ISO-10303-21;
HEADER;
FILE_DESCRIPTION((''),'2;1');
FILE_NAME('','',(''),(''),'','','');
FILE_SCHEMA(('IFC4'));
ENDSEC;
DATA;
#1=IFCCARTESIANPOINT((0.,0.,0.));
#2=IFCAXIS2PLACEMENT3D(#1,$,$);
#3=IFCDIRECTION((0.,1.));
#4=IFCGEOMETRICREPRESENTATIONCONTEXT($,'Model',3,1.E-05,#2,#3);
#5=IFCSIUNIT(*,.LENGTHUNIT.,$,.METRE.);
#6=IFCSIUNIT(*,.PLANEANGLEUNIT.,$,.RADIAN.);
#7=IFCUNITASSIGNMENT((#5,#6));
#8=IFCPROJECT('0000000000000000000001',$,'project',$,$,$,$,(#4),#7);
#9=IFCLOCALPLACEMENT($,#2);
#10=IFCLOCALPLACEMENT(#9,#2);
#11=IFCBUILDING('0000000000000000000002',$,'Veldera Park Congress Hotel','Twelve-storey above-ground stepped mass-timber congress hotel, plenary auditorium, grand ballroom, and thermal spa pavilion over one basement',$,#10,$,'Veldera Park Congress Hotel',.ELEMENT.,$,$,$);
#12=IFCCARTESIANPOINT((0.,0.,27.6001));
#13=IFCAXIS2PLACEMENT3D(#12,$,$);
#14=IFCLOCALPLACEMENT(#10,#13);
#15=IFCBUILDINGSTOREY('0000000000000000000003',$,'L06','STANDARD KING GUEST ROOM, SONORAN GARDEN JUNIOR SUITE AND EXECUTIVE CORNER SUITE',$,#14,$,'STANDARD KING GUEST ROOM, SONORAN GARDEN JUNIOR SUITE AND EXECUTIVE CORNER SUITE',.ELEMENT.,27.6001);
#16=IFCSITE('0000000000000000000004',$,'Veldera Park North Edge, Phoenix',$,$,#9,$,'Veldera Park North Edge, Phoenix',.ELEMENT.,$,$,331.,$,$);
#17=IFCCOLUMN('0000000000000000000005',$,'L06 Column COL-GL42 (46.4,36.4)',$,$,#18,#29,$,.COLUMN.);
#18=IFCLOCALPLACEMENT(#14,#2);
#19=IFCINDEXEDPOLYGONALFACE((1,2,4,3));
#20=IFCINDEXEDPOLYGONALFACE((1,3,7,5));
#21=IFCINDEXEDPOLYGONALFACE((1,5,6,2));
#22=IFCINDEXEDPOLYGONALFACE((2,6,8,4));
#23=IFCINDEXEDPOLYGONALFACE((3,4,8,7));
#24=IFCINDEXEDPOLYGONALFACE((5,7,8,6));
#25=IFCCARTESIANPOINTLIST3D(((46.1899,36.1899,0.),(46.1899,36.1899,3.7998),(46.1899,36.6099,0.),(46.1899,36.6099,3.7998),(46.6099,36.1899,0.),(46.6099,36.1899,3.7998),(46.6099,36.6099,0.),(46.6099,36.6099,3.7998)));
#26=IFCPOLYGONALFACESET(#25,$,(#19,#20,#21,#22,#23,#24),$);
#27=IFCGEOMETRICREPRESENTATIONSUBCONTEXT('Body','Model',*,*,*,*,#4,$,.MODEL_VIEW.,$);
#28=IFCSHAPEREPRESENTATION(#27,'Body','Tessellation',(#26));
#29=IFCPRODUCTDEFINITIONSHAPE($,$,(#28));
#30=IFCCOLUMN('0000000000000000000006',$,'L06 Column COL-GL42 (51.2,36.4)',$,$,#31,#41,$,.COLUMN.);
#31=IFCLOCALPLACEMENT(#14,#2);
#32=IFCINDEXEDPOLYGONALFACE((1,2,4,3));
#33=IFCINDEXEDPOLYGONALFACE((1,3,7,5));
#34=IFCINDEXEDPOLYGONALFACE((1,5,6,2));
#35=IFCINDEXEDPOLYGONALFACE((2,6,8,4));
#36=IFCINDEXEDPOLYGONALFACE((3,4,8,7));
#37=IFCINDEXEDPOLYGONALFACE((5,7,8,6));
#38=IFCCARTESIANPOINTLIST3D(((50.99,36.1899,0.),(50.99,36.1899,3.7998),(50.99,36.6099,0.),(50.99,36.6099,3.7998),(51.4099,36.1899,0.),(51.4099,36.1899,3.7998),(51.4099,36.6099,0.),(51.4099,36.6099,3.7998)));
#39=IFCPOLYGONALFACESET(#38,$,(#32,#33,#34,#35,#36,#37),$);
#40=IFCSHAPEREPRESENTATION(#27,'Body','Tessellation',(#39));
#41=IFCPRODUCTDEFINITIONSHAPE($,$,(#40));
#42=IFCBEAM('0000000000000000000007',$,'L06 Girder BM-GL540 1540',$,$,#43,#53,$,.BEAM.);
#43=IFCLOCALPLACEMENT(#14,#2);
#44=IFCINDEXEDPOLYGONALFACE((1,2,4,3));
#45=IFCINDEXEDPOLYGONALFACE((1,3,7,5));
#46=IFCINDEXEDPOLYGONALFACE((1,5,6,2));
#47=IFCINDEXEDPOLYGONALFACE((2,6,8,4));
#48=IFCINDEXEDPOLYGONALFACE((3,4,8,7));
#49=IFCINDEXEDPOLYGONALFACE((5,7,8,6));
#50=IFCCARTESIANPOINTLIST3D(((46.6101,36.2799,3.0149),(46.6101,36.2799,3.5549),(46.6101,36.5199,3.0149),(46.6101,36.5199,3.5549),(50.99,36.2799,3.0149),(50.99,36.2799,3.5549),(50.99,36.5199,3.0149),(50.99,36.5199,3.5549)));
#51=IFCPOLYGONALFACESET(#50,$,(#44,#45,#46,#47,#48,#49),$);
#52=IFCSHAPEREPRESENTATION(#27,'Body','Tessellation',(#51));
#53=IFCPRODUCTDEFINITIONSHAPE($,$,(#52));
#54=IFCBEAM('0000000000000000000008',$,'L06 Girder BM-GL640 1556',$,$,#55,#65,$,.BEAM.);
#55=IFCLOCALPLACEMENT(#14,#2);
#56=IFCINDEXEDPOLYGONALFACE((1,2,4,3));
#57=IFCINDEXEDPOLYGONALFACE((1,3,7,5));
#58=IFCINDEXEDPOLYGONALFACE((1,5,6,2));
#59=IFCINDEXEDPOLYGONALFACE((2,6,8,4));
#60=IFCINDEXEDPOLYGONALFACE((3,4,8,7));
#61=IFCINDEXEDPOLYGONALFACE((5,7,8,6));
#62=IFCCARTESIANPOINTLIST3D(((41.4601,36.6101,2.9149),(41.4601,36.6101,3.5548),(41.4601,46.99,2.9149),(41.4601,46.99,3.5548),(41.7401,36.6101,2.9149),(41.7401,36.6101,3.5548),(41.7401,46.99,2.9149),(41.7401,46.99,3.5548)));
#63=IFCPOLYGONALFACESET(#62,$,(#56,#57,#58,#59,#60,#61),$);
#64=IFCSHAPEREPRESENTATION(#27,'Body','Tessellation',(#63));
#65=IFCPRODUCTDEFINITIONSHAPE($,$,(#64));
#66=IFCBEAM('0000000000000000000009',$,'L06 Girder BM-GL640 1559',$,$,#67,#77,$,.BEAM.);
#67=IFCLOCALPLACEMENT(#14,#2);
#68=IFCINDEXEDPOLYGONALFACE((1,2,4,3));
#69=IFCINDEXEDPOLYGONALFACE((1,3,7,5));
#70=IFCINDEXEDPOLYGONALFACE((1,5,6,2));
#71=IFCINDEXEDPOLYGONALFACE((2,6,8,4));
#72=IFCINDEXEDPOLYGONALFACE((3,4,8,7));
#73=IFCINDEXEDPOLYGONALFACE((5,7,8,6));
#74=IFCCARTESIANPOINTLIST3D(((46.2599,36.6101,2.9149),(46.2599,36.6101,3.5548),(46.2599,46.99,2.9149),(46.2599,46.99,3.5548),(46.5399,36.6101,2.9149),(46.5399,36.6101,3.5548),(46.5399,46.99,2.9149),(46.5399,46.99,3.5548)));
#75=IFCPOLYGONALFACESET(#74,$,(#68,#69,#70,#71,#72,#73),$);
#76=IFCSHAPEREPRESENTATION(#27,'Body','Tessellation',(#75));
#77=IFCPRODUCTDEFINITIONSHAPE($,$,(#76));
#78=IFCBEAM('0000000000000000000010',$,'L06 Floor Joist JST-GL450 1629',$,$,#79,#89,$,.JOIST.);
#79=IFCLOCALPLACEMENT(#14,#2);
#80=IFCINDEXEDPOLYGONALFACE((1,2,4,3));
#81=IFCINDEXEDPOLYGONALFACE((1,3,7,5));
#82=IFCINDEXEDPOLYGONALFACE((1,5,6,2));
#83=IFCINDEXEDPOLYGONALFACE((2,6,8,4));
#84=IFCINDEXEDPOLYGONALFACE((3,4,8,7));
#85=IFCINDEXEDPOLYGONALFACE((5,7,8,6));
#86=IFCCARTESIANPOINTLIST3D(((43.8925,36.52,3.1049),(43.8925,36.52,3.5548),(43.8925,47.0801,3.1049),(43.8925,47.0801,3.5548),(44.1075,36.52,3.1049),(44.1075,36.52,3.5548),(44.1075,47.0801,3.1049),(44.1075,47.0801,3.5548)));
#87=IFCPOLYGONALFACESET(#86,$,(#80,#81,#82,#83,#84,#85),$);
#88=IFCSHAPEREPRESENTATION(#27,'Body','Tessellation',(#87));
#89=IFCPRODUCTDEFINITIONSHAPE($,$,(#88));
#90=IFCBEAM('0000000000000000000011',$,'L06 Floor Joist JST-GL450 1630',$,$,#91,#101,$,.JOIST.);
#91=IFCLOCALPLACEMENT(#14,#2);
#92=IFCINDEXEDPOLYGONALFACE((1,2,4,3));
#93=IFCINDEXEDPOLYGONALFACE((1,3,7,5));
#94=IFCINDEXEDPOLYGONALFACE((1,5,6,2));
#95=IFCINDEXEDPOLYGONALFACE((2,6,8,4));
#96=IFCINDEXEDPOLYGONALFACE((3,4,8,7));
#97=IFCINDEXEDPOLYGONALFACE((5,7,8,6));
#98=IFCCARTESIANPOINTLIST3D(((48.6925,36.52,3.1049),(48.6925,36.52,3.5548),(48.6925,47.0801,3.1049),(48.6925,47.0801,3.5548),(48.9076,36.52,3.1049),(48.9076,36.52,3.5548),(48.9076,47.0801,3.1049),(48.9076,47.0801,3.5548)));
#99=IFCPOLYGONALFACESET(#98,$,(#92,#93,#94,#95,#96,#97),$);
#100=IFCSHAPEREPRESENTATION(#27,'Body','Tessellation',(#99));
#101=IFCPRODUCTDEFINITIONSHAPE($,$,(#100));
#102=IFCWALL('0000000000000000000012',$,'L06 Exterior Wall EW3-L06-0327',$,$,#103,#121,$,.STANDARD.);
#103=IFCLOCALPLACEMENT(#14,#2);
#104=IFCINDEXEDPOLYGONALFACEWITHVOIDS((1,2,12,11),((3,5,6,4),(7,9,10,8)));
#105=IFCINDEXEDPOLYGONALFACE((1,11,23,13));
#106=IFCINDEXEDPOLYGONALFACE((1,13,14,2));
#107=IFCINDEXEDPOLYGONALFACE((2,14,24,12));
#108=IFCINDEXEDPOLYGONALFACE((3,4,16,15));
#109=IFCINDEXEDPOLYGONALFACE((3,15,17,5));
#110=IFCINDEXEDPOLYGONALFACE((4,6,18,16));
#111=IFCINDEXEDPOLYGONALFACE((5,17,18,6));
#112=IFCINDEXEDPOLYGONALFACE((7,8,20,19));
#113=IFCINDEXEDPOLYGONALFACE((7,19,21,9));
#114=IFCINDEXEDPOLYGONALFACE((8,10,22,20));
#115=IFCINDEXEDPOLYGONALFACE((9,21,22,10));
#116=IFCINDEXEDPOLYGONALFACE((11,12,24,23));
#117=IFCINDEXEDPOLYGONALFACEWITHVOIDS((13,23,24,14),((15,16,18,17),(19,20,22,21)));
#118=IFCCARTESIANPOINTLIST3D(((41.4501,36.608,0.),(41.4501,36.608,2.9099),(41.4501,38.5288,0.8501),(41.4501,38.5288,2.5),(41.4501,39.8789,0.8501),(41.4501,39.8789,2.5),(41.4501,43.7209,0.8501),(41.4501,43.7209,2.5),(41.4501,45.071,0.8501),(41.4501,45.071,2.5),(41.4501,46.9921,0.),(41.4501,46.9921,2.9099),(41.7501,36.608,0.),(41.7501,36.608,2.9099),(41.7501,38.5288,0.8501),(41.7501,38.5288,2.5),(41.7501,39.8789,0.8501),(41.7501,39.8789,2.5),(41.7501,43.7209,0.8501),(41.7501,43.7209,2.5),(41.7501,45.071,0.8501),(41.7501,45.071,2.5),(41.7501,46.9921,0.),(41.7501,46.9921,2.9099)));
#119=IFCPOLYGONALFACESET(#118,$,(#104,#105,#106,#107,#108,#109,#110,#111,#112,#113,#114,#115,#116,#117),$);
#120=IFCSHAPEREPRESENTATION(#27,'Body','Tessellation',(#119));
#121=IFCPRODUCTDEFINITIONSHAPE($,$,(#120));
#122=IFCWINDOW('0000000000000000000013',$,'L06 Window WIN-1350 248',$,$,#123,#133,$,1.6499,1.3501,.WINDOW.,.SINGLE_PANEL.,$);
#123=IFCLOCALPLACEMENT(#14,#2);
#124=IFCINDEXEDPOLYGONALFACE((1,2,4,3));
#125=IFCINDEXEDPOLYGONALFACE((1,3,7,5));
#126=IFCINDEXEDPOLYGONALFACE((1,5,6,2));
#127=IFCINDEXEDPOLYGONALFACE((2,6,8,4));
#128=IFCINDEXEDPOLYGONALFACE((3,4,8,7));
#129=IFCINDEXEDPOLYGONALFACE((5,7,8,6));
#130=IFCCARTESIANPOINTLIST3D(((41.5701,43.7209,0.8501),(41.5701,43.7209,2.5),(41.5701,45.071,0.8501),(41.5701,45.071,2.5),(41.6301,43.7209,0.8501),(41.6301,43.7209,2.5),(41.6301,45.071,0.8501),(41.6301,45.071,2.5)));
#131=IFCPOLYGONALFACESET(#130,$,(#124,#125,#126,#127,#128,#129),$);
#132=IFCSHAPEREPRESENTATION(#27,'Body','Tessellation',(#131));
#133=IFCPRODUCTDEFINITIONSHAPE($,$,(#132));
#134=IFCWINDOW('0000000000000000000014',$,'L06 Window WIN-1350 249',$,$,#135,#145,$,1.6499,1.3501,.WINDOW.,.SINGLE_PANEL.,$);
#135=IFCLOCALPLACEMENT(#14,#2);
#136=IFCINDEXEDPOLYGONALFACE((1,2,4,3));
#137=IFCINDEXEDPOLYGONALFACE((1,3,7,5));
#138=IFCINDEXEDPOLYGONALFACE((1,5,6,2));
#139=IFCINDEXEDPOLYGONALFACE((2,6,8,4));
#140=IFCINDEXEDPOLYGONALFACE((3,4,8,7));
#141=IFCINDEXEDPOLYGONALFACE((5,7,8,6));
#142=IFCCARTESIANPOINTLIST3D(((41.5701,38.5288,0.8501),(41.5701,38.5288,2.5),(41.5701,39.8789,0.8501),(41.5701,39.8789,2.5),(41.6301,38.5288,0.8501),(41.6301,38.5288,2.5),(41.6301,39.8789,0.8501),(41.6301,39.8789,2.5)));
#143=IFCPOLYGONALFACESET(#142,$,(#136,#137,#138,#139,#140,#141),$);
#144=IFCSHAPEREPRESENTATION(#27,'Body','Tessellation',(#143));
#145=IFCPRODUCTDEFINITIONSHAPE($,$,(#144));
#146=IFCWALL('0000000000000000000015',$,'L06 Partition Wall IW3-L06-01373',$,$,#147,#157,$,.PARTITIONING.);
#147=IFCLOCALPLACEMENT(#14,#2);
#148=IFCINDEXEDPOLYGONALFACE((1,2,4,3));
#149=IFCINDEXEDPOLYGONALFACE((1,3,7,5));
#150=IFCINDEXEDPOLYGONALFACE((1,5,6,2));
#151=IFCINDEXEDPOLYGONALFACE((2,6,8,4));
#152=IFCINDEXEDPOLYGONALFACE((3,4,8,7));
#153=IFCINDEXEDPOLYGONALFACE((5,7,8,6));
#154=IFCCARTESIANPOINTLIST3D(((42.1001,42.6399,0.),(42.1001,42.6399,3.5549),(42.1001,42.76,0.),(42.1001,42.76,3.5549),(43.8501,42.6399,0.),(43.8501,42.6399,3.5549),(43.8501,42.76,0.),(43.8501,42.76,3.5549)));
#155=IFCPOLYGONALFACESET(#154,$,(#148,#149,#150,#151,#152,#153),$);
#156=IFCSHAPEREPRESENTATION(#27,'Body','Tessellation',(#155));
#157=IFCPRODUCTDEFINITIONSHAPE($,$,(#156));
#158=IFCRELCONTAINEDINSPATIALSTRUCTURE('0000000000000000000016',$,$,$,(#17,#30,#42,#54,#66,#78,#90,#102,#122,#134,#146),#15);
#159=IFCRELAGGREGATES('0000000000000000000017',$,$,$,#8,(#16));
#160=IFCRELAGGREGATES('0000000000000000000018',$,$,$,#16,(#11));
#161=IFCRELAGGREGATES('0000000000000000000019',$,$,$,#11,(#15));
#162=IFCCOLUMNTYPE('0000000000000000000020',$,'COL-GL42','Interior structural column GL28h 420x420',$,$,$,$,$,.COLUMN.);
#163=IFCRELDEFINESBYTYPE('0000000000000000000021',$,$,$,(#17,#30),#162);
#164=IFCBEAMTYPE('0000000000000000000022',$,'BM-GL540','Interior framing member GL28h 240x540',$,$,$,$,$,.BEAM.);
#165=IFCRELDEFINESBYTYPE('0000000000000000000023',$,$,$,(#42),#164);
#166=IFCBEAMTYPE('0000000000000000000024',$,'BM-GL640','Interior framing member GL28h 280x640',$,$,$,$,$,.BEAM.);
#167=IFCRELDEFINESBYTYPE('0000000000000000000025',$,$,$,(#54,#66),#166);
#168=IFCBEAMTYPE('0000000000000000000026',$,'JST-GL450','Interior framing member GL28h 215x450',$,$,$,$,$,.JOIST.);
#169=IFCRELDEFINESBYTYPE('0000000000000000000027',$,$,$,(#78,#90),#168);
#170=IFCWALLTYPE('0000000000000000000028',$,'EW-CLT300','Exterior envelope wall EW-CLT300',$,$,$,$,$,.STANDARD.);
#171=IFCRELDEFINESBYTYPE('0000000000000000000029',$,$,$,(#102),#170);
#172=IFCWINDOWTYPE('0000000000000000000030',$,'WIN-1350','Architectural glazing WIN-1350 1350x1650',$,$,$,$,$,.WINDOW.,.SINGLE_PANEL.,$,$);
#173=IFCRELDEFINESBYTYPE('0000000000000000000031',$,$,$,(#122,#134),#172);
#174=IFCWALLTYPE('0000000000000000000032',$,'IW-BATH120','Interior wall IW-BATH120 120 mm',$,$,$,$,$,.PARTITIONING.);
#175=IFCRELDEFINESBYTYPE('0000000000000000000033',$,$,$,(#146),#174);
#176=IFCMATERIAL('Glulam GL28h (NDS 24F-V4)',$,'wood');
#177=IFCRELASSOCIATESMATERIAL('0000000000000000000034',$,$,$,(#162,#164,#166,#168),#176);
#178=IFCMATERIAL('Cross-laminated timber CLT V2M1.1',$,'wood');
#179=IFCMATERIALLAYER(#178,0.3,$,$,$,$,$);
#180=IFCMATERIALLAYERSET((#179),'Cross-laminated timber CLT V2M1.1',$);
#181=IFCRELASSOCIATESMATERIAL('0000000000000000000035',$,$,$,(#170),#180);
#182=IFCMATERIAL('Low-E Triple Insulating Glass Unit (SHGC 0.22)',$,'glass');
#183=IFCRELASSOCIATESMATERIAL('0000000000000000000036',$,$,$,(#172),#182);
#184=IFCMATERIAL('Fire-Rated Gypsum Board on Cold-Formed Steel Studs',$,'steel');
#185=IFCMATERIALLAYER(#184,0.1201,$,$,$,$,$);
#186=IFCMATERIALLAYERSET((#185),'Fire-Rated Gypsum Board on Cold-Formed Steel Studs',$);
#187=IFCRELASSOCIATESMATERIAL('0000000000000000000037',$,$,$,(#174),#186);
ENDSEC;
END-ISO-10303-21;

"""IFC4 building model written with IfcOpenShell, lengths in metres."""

from ifc_helpers import new_model, si_unit, direction, frame, frame_2d, origin, origin_2d, place, context, subcontext, project, spatial, rectangle, extrude, material, layer, layer_set, material_profile, profile_set, type_object, element, fill, save


model = new_model("IFC4")

# Units and contexts
model_context = context("Model", 3, precision=1e-05, world=origin(), true_north=direction((0.0, 1.0)))
body_context = subcontext(model_context, "Body", "Model", "MODEL_VIEW")
ifc_project = project(units=[si_unit("LENGTHUNIT", "METRE"), si_unit("PLANEANGLEUNIT", "RADIAN")], contexts=[model_context])

# Site, building, storey
site_placement = place(None, origin())
site = spatial("IfcSite", under=ifc_project, at=site_placement, Name="Veldera Park North Edge, Phoenix", LongName="Veldera Park North Edge, Phoenix", CompositionType="ELEMENT", RefElevation=331.0)
building_placement = place(site_placement, origin())
building = spatial("IfcBuilding", under=site, at=building_placement, Name="Veldera Park Congress Hotel", Description="Twelve-storey above-ground stepped mass-timber congress hotel, plenary auditorium, grand ballroom, and thermal spa pavilion over one basement", LongName="Veldera Park Congress Hotel", CompositionType="ELEMENT")
storey_placement = place(building_placement, frame((0.0, 0.0, 27.6001)))
storey = spatial("IfcBuildingStorey", under=building, at=storey_placement, Name="L06", Description="STANDARD KING GUEST ROOM, SONORAN GARDEN JUNIOR SUITE AND EXECUTIVE CORNER SUITE", LongName="STANDARD KING GUEST ROOM, SONORAN GARDEN JUNIOR SUITE AND EXECUTIVE CORNER SUITE", CompositionType="ELEMENT", Elevation=27.6001)

# Columns
ifc_material_1 = material(Name="Glulam GL28h (NDS 24F-V4)", Category="wood")
ifc_material_profile_1 = material_profile(ifc_material_1, rectangle(XDim=0.4199, YDim=0.4199, at=origin_2d()), Name="GL28h 420x420")
ifc_profile_set_1 = profile_set([ifc_material_profile_1], Name="Glulam GL28h (NDS 24F-V4)")
column_type = type_object("IfcColumnType", Name="COL-GL42", Description="Interior structural column GL28h 420x420", PredefinedType="COLUMN", material=ifc_profile_set_1)
for number, where, z_axis, x_axis, name in (
    (1, (46.3999, 36.3999, 0.0), (0.0, 0.0, 1.0), (1.0, 0.0, 0.0), "L06 Column COL-GL42 (46.4,36.4)"),
    (2, (51.2, 36.3999, 0.0), (0.0, 0.0, 1.0), (1.0, 0.0, 0.0), "L06 Column COL-GL42 (51.2,36.4)"),
):
    element("IfcColumn", number, at=place(storey_placement, frame(where, z_axis=z_axis, x_axis=x_axis)), inside=storey, type_object=column_type, Name=name, PredefinedType="COLUMN", context=body_context, shape_type="SweptSolid", body=[
        extrude(rectangle(XDim=0.4199, YDim=0.4199, at=origin_2d()), origin(), (0.0, 0.0, 1.0), 3.7998),
    ])

# Beams
ifc_material_profile_2 = material_profile(ifc_material_1, rectangle(XDim=0.24, YDim=0.54, at=origin_2d()), Name="GL28h 240x540")
ifc_profile_set_2 = profile_set([ifc_material_profile_2], Name="Glulam GL28h (NDS 24F-V4)")
beam_type_1 = type_object("IfcBeamType", Name="BM-GL540", Description="Interior framing member GL28h 240x540", PredefinedType="BEAM", material=ifc_profile_set_2)
beam_placement = place(storey_placement, frame((46.6101, 36.3999, 3.2849), z_axis=(1.0, 0.0, 0.0), x_axis=(0.0, 1.0, 0.0)))
element("IfcBeam", 3, at=beam_placement, inside=storey, type_object=beam_type_1, Name="L06 Girder BM-GL540 1540", PredefinedType="BEAM", context=body_context, shape_type="SweptSolid", body=[
    extrude(rectangle(XDim=0.24, YDim=0.54, at=origin_2d()), origin(), (0.0, 0.0, 1.0), 4.3799),
])
ifc_material_profile_3 = material_profile(ifc_material_1, rectangle(XDim=0.28, YDim=0.6399, at=origin_2d()), Name="GL28h 280x640")
ifc_profile_set_3 = profile_set([ifc_material_profile_3], Name="Glulam GL28h (NDS 24F-V4)")
beam_type_2 = type_object("IfcBeamType", Name="BM-GL640", Description="Interior framing member GL28h 280x640", PredefinedType="BEAM", material=ifc_profile_set_3)
for number, where, z_axis, x_axis, name in (
    (4, (41.6001, 36.6101, 3.2349), (0.0, 1.0, 0.0), (-1.0, 0.0, 0.0), "L06 Girder BM-GL640 1556"),
    (5, (46.3999, 36.6101, 3.2349), (0.0, 1.0, 0.0), (-1.0, 0.0, 0.0), "L06 Girder BM-GL640 1559"),
):
    element("IfcBeam", number, at=place(storey_placement, frame(where, z_axis=z_axis, x_axis=x_axis)), inside=storey, type_object=beam_type_2, Name=name, PredefinedType="BEAM", context=body_context, shape_type="SweptSolid", body=[
        extrude(rectangle(XDim=0.28, YDim=0.6399, at=origin_2d()), origin(), (0.0, 0.0, 1.0), 10.3799),
    ])
ifc_material_profile_4 = material_profile(ifc_material_1, rectangle(XDim=0.2151, YDim=0.45, at=origin_2d()), Name="GL28h 215x450")
ifc_profile_set_4 = profile_set([ifc_material_profile_4], Name="Glulam GL28h (NDS 24F-V4)")
beam_type_3 = type_object("IfcBeamType", Name="JST-GL450", Description="Interior framing member GL28h 215x450", PredefinedType="JOIST", material=ifc_profile_set_4)
for number, where, z_axis, x_axis, name in (
    (6, (44.0, 36.52, 3.3298), (0.0, 1.0, 0.0), (-1.0, 0.0, 0.0), "L06 Floor Joist JST-GL450 1629"),
    (7, (48.8, 36.52, 3.3298), (0.0, 1.0, 0.0), (-1.0, 0.0, 0.0), "L06 Floor Joist JST-GL450 1630"),
):
    element("IfcBeam", number, at=place(storey_placement, frame(where, z_axis=z_axis, x_axis=x_axis)), inside=storey, type_object=beam_type_3, Name=name, PredefinedType="JOIST", context=body_context, shape_type="SweptSolid", body=[
        extrude(rectangle(XDim=0.2151, YDim=0.45, at=origin_2d()), origin(), (0.0, 0.0, 1.0), 10.5601),
    ])

# Wall, openings, windows
ifc_material_2 = material(Name="Cross-laminated timber CLT V2M1.1", Category="wood")
ifc_layer_1 = layer(ifc_material_2, 0.3)
ifc_layer_set_1 = layer_set([ifc_layer_1], Name="Cross-laminated timber CLT V2M1.1")
wall_type_1 = type_object("IfcWallType", Name="EW-CLT300", Description="Exterior envelope wall EW-CLT300", PredefinedType="STANDARD", material=ifc_layer_set_1)
wall_1_placement = place(storey_placement, frame((41.6001, 46.9919, 0.0), z_axis=(0.0, 0.0, 1.0), x_axis=(0.0, -1.0, 0.0)))
wall_1 = element("IfcWall", 8, at=wall_1_placement, inside=storey, type_object=wall_type_1, Name="L06 Exterior Wall EW3-L06-0327", PredefinedType="STANDARD", context=body_context, shape_type="SweptSolid", body=[
    extrude(rectangle(XDim=10.384, YDim=0.3, at=frame_2d((5.1919, 0.0))), origin(), (0.0, 0.0, 1.0), 2.9099),
])
opening_1_placement = place(wall_1_placement, frame((1.9209, 0.0, 0.8501)))
opening_1 = element("IfcOpeningElement", 9, at=opening_1_placement, cuts=wall_1, PredefinedType="OPENING", context=body_context, shape_type="SweptSolid", body=[
    extrude(rectangle(XDim=1.3501, YDim=1.6499, at=frame_2d((0.675, 0.825))), frame((0.0, 0.1621, 0.0), z_axis=(0.0, -1.0, 0.0), x_axis=(1.0, 0.0, 0.0)), (0.0, 0.0, 1.0), 0.324),
])
opening_2_placement = place(wall_1_placement, frame((7.113, 0.0, 0.8501)))
opening_2 = element("IfcOpeningElement", 10, at=opening_2_placement, cuts=wall_1, PredefinedType="OPENING", context=body_context, shape_type="SweptSolid", body=[
    extrude(rectangle(XDim=1.3501, YDim=1.6499, at=frame_2d((0.675, 0.825))), frame((0.0, 0.1621, 0.0), z_axis=(0.0, -1.0, 0.0), x_axis=(1.0, 0.0, 0.0)), (0.0, 0.0, 1.0), 0.324),
])
ifc_material_3 = material(Name="Low-E Triple Insulating Glass Unit (SHGC 0.22)", Category="glass")
window_type = type_object("IfcWindowType", Name="WIN-1350", Description="Architectural glazing WIN-1350 1350x1650", PartitioningType="SINGLE_PANEL", PredefinedType="WINDOW", material=ifc_material_3)
window_1_placement = place(opening_1_placement, origin())
window_1 = element("IfcWindow", 11, at=window_1_placement, inside=storey, type_object=window_type, Name="L06 Window WIN-1350 248", OverallHeight=1.6499, OverallWidth=1.3501, PartitioningType="SINGLE_PANEL", PredefinedType="WINDOW", context=body_context, shape_type="SweptSolid", body=[
    extrude(rectangle(XDim=1.3501, YDim=1.6499, at=frame_2d((0.675, 0.825))), frame((0.0, 0.03, 0.0), z_axis=(0.0, -1.0, 0.0), x_axis=(1.0, 0.0, 0.0)), (0.0, 0.0, 1.0), 0.0601),
])
fill(opening_1, window_1)
window_2_placement = place(opening_2_placement, origin())
window_2 = element("IfcWindow", 12, at=window_2_placement, inside=storey, type_object=window_type, Name="L06 Window WIN-1350 249", OverallHeight=1.6499, OverallWidth=1.3501, PartitioningType="SINGLE_PANEL", PredefinedType="WINDOW", context=body_context, shape_type="SweptSolid", body=[
    extrude(rectangle(XDim=1.3501, YDim=1.6499, at=frame_2d((0.675, 0.825))), frame((0.0, 0.03, 0.0), z_axis=(0.0, -1.0, 0.0), x_axis=(1.0, 0.0, 0.0)), (0.0, 0.0, 1.0), 0.0601),
])
fill(opening_2, window_2)

# Shared definitions
ifc_material_4 = material(Name="Fire-Rated Gypsum Board on Cold-Formed Steel Studs", Category="steel")
ifc_layer_2 = layer(ifc_material_4, 0.1201)
ifc_layer_set_2 = layer_set([ifc_layer_2], Name="Fire-Rated Gypsum Board on Cold-Formed Steel Studs")
wall_type_2 = type_object("IfcWallType", Name="IW-BATH120", Description="Interior wall IW-BATH120 120 mm", PredefinedType="PARTITIONING", material=ifc_layer_set_2)

# Wall
wall_2_placement = place(storey_placement, frame((42.1001, 42.7, 0.0), z_axis=(0.0, 0.0, 1.0), x_axis=(1.0, 0.0, 0.0)))
element("IfcWall", 13, at=wall_2_placement, inside=storey, type_object=wall_type_2, Name="L06 Partition Wall IW3-L06-01373", PredefinedType="PARTITIONING", context=body_context, shape_type="SweptSolid", body=[
    extrude(rectangle(XDim=1.75, YDim=0.1201, at=frame_2d((0.875, 0.0))), origin(), (0.0, 0.0, 1.0), 3.5549),
])

save(model, "model.ifc")
